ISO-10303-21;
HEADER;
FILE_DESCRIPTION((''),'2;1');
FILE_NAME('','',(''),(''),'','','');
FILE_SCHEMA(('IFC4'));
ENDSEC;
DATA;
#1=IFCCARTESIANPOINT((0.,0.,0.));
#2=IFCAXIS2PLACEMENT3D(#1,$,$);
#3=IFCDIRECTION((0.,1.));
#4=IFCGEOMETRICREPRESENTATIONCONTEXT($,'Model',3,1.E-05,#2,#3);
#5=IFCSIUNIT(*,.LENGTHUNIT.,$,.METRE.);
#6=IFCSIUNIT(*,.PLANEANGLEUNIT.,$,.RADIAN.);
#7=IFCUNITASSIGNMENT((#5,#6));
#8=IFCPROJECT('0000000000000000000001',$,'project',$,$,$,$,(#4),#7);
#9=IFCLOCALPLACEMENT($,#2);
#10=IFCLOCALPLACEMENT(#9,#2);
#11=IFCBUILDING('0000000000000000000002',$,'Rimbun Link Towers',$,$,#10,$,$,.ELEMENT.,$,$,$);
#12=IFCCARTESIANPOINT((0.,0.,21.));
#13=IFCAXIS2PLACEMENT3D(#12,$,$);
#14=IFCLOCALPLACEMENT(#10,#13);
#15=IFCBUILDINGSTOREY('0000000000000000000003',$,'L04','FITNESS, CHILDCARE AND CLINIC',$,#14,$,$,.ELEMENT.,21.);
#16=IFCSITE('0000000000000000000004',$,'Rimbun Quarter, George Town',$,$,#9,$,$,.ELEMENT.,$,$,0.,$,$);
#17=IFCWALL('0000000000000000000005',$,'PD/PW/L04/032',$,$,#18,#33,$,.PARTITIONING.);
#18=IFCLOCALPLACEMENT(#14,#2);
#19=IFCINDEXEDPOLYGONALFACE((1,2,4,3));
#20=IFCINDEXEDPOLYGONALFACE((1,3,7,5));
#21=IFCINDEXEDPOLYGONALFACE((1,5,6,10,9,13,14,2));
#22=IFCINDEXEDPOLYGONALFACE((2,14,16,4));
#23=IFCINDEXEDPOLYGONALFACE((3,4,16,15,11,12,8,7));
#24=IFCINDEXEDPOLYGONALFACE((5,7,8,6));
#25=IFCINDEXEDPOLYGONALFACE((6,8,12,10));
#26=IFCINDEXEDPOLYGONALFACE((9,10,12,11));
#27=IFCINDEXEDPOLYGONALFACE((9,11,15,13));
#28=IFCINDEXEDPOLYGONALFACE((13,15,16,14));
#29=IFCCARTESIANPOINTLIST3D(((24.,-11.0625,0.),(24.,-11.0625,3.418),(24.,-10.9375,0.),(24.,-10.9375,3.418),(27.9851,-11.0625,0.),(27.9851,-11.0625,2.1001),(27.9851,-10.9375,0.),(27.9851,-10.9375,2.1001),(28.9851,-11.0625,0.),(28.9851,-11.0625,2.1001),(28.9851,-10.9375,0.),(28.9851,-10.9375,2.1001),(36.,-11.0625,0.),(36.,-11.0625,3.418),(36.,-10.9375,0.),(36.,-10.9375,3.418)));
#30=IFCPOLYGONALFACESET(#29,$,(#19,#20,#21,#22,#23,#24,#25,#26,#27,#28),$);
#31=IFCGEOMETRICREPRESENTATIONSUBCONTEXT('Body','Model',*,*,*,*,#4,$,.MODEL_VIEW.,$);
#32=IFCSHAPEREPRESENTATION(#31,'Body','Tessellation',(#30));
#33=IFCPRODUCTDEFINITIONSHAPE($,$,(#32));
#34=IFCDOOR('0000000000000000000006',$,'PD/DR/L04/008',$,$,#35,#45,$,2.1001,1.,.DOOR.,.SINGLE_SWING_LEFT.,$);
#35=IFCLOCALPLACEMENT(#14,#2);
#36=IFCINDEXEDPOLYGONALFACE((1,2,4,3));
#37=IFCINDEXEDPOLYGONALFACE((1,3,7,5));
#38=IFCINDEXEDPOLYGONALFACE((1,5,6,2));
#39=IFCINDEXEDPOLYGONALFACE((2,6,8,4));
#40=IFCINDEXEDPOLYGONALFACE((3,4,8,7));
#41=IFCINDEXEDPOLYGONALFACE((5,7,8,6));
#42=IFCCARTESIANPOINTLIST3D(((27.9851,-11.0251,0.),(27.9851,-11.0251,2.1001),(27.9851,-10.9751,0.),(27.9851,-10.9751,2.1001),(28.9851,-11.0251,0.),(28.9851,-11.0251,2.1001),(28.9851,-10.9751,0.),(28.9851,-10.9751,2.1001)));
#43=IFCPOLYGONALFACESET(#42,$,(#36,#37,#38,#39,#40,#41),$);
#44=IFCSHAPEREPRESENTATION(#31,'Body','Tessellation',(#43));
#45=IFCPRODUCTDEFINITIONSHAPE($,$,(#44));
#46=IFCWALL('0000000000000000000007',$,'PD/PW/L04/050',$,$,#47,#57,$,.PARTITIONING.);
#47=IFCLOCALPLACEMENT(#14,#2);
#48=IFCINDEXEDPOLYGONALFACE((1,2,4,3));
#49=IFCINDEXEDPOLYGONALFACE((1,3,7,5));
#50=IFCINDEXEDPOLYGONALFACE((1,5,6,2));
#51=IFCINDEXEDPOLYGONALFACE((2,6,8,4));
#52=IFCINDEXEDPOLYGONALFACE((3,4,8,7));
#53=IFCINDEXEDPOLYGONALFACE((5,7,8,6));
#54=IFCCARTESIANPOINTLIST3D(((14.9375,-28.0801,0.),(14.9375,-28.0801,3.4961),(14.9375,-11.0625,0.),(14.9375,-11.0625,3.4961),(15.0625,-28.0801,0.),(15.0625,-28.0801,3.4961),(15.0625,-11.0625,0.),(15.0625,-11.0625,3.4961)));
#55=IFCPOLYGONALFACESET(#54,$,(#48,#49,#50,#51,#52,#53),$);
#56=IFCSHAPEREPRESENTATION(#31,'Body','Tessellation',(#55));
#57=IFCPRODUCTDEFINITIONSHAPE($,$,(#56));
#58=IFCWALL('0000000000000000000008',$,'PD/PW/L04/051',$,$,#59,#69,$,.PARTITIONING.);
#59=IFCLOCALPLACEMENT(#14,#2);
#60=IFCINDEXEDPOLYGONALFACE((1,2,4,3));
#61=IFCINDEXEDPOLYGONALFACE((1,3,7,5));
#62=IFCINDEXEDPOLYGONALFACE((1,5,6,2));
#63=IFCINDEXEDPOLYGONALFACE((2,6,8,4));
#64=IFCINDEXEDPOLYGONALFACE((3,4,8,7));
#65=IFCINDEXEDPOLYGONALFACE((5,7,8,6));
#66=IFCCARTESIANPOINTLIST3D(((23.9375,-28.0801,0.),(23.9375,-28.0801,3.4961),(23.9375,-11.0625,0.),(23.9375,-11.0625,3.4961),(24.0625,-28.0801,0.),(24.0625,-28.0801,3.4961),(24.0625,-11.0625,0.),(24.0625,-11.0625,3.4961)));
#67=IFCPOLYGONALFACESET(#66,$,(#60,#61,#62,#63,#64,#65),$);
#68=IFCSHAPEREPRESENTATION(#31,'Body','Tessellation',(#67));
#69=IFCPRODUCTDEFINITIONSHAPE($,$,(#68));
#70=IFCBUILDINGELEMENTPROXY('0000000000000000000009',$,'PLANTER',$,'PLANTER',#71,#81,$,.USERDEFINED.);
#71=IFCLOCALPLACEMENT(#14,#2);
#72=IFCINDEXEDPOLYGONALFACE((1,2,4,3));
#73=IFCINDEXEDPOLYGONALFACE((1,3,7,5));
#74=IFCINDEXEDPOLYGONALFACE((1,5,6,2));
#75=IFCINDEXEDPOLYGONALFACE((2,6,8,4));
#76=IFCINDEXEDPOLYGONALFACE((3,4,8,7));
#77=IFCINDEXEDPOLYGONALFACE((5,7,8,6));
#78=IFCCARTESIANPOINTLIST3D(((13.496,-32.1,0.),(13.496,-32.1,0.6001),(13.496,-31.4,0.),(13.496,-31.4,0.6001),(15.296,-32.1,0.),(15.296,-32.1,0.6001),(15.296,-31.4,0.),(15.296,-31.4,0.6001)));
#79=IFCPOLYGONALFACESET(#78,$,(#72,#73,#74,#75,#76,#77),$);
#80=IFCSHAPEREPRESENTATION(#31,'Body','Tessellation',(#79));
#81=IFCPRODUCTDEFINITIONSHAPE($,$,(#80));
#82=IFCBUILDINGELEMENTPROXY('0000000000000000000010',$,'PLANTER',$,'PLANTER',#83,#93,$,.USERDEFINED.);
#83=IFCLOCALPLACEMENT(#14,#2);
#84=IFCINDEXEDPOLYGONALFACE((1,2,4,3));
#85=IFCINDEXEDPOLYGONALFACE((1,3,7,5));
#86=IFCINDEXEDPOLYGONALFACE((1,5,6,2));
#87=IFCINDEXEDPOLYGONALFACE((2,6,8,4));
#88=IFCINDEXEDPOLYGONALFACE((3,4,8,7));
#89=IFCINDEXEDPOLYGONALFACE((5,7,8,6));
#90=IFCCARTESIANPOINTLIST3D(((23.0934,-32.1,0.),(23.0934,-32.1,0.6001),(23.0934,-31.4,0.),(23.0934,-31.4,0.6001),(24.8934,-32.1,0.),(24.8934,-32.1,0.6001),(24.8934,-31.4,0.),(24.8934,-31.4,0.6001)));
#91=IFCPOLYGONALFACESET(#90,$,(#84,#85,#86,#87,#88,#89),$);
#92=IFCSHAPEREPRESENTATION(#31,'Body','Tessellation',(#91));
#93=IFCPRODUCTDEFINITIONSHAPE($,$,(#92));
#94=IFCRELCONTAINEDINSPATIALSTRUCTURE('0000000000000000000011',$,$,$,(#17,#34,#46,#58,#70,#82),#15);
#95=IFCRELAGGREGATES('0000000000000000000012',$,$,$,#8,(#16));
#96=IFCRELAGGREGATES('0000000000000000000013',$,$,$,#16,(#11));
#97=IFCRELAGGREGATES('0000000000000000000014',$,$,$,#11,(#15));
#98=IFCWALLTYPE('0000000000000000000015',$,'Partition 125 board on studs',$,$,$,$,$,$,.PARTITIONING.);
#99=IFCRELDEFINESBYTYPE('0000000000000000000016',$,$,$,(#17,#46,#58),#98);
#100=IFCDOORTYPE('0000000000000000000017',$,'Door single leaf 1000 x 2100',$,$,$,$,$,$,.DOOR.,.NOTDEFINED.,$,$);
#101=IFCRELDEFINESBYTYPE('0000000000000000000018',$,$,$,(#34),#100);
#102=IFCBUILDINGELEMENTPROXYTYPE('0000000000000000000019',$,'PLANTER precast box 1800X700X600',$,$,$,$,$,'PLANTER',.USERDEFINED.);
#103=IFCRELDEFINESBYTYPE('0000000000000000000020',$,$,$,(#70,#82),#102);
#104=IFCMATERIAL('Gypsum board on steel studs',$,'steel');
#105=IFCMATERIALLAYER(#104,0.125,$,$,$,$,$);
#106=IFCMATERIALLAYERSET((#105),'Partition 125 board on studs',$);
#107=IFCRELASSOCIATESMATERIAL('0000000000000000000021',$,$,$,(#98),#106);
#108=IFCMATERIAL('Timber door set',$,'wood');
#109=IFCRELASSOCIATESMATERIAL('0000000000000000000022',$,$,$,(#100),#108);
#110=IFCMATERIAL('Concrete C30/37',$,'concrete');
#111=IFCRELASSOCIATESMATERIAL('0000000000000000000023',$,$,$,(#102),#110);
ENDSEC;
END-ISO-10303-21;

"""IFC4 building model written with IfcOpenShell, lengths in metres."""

from ifc_helpers import new_model, si_unit, direction, frame, frame_2d, origin, origin_2d, place, context, subcontext, project, spatial, rectangle, extrude, material, layer, layer_set, type_object, element, fill, save


model = new_model("IFC4")

# Units and contexts
model_context = context("Model", 3, precision=1e-05, world=origin(), true_north=direction((0.0, 1.0)))
body_context = subcontext(model_context, "Body", "Model", "MODEL_VIEW")
ifc_project = project(units=[si_unit("LENGTHUNIT", "METRE"), si_unit("PLANEANGLEUNIT", "RADIAN")], contexts=[model_context])

# Site, building, storey
site_placement = place(None, origin())
site = spatial("IfcSite", under=ifc_project, at=site_placement, Name="Rimbun Quarter, George Town", CompositionType="ELEMENT", RefElevation=0.0)
building_placement = place(site_placement, origin())
building = spatial("IfcBuilding", under=site, at=building_placement, Name="Rimbun Link Towers", CompositionType="ELEMENT")
storey_placement = place(building_placement, frame((0.0, 0.0, 21.0)))
storey = spatial("IfcBuildingStorey", under=building, at=storey_placement, Name="L04", Description="FITNESS, CHILDCARE AND CLINIC", CompositionType="ELEMENT", Elevation=21.0)

# Wall, opening, door
ifc_material_1 = material(Name="Gypsum board on steel studs", Category="steel")
ifc_layer_1 = layer(ifc_material_1, 0.125)
ifc_layer_set_1 = layer_set([ifc_layer_1], Name="Partition 125 board on studs")
wall_type_1 = type_object("IfcWallType", Name="Partition 125 board on studs", PredefinedType="PARTITIONING", material=ifc_layer_set_1)
ifc_material_2 = material(Name="Timber door set", Category="wood")
door_type = type_object("IfcDoorType", Name="Door single leaf 1000 x 2100", OperationType="NOTDEFINED", PredefinedType="DOOR", material=ifc_material_2)
wall_1_placement = place(storey_placement, frame((24.0, -11.0, 0.0), z_axis=(0.0, 0.0, 1.0), x_axis=(1.0, 0.0, 0.0)))
wall_1 = element("IfcWall", 1, at=wall_1_placement, inside=storey, type_object=wall_type_1, Name="PD/PW/L04/032", PredefinedType="PARTITIONING", context=body_context, shape_type="SweptSolid", body=[
    extrude(rectangle(XDim=12.0, YDim=0.125, at=frame_2d((6.0, 0.0))), origin(), (0.0, 0.0, 1.0), 3.418),
])
opening_1_placement = place(wall_1_placement, frame((3.9851, 0.0, 0.0)))
opening_1 = element("IfcOpeningElement", 2, at=opening_1_placement, cuts=wall_1, PredefinedType="OPENING", context=body_context, shape_type="SweptSolid", body=[
    extrude(rectangle(XDim=1.0, YDim=2.1001, at=frame_2d((0.5, 1.05))), frame((0.0, 0.0725, 0.0), z_axis=(0.0, -1.0, 0.0), x_axis=(1.0, 0.0, 0.0)), (0.0, 0.0, 1.0), 0.145),
])
door_1_placement = place(opening_1_placement, origin())
door_1 = element("IfcDoor", 3, at=door_1_placement, inside=storey, type_object=door_type, Name="PD/DR/L04/008", OperationType="SINGLE_SWING_LEFT", OverallHeight=2.1001, OverallWidth=1.0, PredefinedType="DOOR", context=body_context, shape_type="SweptSolid", body=[
    extrude(rectangle(XDim=1.0, YDim=2.1001, at=frame_2d((0.5, 1.05))), frame((0.0, 0.0249, 0.0), z_axis=(0.0, -1.0, 0.0), x_axis=(1.0, 0.0, 0.0)), (0.0, 0.0, 1.0), 0.05),
])
fill(opening_1, door_1)

# Walls
for number, where, z_axis, x_axis, name in (
    (4, (15.0, -28.0801, 0.0), (0.0, 0.0, 1.0), (0.0, 1.0, 0.0), "PD/PW/L04/050"),
    (5, (24.0, -28.0801, 0.0), (0.0, 0.0, 1.0), (0.0, 1.0, 0.0), "PD/PW/L04/051"),
):
    element("IfcWall", number, at=place(storey_placement, frame(where, z_axis=z_axis, x_axis=x_axis)), inside=storey, type_object=wall_type_1, Name=name, PredefinedType="PARTITIONING", context=body_context, shape_type="SweptSolid", body=[
        extrude(rectangle(XDim=17.0176, YDim=0.125, at=frame_2d((8.5088, 0.0))), origin(), (0.0, 0.0, 1.0), 3.4961),
    ])

# Building element proxies
ifc_material_3 = material(Name="Concrete C30/37", Category="concrete")
building_element_proxy_type = type_object("IfcBuildingElementProxyType", Name="PLANTER precast box 1800X700X600", ElementType="PLANTER", PredefinedType="USERDEFINED", material=ifc_material_3)
for number, where, z_axis, x_axis, name in (
    (6, (14.396, -31.75, 0.0), (0.0, 0.0, 1.0), (1.0, 0.0, 0.0), "PLANTER"),
    (7, (23.9934, -31.75, 0.0), (0.0, 0.0, 1.0), (1.0, 0.0, 0.0), "PLANTER"),
):
    element("IfcBuildingElementProxy", number, at=place(storey_placement, frame(where, z_axis=z_axis, x_axis=x_axis)), inside=storey, type_object=building_element_proxy_type, Name=name, ObjectType="PLANTER", PredefinedType="USERDEFINED", context=body_context, shape_type="SweptSolid", body=[
        extrude(rectangle(XDim=1.8, YDim=0.7, at=origin_2d()), origin(), (0.0, 0.0, 1.0), 0.6001),
    ])

save(model, "model.ifc")
